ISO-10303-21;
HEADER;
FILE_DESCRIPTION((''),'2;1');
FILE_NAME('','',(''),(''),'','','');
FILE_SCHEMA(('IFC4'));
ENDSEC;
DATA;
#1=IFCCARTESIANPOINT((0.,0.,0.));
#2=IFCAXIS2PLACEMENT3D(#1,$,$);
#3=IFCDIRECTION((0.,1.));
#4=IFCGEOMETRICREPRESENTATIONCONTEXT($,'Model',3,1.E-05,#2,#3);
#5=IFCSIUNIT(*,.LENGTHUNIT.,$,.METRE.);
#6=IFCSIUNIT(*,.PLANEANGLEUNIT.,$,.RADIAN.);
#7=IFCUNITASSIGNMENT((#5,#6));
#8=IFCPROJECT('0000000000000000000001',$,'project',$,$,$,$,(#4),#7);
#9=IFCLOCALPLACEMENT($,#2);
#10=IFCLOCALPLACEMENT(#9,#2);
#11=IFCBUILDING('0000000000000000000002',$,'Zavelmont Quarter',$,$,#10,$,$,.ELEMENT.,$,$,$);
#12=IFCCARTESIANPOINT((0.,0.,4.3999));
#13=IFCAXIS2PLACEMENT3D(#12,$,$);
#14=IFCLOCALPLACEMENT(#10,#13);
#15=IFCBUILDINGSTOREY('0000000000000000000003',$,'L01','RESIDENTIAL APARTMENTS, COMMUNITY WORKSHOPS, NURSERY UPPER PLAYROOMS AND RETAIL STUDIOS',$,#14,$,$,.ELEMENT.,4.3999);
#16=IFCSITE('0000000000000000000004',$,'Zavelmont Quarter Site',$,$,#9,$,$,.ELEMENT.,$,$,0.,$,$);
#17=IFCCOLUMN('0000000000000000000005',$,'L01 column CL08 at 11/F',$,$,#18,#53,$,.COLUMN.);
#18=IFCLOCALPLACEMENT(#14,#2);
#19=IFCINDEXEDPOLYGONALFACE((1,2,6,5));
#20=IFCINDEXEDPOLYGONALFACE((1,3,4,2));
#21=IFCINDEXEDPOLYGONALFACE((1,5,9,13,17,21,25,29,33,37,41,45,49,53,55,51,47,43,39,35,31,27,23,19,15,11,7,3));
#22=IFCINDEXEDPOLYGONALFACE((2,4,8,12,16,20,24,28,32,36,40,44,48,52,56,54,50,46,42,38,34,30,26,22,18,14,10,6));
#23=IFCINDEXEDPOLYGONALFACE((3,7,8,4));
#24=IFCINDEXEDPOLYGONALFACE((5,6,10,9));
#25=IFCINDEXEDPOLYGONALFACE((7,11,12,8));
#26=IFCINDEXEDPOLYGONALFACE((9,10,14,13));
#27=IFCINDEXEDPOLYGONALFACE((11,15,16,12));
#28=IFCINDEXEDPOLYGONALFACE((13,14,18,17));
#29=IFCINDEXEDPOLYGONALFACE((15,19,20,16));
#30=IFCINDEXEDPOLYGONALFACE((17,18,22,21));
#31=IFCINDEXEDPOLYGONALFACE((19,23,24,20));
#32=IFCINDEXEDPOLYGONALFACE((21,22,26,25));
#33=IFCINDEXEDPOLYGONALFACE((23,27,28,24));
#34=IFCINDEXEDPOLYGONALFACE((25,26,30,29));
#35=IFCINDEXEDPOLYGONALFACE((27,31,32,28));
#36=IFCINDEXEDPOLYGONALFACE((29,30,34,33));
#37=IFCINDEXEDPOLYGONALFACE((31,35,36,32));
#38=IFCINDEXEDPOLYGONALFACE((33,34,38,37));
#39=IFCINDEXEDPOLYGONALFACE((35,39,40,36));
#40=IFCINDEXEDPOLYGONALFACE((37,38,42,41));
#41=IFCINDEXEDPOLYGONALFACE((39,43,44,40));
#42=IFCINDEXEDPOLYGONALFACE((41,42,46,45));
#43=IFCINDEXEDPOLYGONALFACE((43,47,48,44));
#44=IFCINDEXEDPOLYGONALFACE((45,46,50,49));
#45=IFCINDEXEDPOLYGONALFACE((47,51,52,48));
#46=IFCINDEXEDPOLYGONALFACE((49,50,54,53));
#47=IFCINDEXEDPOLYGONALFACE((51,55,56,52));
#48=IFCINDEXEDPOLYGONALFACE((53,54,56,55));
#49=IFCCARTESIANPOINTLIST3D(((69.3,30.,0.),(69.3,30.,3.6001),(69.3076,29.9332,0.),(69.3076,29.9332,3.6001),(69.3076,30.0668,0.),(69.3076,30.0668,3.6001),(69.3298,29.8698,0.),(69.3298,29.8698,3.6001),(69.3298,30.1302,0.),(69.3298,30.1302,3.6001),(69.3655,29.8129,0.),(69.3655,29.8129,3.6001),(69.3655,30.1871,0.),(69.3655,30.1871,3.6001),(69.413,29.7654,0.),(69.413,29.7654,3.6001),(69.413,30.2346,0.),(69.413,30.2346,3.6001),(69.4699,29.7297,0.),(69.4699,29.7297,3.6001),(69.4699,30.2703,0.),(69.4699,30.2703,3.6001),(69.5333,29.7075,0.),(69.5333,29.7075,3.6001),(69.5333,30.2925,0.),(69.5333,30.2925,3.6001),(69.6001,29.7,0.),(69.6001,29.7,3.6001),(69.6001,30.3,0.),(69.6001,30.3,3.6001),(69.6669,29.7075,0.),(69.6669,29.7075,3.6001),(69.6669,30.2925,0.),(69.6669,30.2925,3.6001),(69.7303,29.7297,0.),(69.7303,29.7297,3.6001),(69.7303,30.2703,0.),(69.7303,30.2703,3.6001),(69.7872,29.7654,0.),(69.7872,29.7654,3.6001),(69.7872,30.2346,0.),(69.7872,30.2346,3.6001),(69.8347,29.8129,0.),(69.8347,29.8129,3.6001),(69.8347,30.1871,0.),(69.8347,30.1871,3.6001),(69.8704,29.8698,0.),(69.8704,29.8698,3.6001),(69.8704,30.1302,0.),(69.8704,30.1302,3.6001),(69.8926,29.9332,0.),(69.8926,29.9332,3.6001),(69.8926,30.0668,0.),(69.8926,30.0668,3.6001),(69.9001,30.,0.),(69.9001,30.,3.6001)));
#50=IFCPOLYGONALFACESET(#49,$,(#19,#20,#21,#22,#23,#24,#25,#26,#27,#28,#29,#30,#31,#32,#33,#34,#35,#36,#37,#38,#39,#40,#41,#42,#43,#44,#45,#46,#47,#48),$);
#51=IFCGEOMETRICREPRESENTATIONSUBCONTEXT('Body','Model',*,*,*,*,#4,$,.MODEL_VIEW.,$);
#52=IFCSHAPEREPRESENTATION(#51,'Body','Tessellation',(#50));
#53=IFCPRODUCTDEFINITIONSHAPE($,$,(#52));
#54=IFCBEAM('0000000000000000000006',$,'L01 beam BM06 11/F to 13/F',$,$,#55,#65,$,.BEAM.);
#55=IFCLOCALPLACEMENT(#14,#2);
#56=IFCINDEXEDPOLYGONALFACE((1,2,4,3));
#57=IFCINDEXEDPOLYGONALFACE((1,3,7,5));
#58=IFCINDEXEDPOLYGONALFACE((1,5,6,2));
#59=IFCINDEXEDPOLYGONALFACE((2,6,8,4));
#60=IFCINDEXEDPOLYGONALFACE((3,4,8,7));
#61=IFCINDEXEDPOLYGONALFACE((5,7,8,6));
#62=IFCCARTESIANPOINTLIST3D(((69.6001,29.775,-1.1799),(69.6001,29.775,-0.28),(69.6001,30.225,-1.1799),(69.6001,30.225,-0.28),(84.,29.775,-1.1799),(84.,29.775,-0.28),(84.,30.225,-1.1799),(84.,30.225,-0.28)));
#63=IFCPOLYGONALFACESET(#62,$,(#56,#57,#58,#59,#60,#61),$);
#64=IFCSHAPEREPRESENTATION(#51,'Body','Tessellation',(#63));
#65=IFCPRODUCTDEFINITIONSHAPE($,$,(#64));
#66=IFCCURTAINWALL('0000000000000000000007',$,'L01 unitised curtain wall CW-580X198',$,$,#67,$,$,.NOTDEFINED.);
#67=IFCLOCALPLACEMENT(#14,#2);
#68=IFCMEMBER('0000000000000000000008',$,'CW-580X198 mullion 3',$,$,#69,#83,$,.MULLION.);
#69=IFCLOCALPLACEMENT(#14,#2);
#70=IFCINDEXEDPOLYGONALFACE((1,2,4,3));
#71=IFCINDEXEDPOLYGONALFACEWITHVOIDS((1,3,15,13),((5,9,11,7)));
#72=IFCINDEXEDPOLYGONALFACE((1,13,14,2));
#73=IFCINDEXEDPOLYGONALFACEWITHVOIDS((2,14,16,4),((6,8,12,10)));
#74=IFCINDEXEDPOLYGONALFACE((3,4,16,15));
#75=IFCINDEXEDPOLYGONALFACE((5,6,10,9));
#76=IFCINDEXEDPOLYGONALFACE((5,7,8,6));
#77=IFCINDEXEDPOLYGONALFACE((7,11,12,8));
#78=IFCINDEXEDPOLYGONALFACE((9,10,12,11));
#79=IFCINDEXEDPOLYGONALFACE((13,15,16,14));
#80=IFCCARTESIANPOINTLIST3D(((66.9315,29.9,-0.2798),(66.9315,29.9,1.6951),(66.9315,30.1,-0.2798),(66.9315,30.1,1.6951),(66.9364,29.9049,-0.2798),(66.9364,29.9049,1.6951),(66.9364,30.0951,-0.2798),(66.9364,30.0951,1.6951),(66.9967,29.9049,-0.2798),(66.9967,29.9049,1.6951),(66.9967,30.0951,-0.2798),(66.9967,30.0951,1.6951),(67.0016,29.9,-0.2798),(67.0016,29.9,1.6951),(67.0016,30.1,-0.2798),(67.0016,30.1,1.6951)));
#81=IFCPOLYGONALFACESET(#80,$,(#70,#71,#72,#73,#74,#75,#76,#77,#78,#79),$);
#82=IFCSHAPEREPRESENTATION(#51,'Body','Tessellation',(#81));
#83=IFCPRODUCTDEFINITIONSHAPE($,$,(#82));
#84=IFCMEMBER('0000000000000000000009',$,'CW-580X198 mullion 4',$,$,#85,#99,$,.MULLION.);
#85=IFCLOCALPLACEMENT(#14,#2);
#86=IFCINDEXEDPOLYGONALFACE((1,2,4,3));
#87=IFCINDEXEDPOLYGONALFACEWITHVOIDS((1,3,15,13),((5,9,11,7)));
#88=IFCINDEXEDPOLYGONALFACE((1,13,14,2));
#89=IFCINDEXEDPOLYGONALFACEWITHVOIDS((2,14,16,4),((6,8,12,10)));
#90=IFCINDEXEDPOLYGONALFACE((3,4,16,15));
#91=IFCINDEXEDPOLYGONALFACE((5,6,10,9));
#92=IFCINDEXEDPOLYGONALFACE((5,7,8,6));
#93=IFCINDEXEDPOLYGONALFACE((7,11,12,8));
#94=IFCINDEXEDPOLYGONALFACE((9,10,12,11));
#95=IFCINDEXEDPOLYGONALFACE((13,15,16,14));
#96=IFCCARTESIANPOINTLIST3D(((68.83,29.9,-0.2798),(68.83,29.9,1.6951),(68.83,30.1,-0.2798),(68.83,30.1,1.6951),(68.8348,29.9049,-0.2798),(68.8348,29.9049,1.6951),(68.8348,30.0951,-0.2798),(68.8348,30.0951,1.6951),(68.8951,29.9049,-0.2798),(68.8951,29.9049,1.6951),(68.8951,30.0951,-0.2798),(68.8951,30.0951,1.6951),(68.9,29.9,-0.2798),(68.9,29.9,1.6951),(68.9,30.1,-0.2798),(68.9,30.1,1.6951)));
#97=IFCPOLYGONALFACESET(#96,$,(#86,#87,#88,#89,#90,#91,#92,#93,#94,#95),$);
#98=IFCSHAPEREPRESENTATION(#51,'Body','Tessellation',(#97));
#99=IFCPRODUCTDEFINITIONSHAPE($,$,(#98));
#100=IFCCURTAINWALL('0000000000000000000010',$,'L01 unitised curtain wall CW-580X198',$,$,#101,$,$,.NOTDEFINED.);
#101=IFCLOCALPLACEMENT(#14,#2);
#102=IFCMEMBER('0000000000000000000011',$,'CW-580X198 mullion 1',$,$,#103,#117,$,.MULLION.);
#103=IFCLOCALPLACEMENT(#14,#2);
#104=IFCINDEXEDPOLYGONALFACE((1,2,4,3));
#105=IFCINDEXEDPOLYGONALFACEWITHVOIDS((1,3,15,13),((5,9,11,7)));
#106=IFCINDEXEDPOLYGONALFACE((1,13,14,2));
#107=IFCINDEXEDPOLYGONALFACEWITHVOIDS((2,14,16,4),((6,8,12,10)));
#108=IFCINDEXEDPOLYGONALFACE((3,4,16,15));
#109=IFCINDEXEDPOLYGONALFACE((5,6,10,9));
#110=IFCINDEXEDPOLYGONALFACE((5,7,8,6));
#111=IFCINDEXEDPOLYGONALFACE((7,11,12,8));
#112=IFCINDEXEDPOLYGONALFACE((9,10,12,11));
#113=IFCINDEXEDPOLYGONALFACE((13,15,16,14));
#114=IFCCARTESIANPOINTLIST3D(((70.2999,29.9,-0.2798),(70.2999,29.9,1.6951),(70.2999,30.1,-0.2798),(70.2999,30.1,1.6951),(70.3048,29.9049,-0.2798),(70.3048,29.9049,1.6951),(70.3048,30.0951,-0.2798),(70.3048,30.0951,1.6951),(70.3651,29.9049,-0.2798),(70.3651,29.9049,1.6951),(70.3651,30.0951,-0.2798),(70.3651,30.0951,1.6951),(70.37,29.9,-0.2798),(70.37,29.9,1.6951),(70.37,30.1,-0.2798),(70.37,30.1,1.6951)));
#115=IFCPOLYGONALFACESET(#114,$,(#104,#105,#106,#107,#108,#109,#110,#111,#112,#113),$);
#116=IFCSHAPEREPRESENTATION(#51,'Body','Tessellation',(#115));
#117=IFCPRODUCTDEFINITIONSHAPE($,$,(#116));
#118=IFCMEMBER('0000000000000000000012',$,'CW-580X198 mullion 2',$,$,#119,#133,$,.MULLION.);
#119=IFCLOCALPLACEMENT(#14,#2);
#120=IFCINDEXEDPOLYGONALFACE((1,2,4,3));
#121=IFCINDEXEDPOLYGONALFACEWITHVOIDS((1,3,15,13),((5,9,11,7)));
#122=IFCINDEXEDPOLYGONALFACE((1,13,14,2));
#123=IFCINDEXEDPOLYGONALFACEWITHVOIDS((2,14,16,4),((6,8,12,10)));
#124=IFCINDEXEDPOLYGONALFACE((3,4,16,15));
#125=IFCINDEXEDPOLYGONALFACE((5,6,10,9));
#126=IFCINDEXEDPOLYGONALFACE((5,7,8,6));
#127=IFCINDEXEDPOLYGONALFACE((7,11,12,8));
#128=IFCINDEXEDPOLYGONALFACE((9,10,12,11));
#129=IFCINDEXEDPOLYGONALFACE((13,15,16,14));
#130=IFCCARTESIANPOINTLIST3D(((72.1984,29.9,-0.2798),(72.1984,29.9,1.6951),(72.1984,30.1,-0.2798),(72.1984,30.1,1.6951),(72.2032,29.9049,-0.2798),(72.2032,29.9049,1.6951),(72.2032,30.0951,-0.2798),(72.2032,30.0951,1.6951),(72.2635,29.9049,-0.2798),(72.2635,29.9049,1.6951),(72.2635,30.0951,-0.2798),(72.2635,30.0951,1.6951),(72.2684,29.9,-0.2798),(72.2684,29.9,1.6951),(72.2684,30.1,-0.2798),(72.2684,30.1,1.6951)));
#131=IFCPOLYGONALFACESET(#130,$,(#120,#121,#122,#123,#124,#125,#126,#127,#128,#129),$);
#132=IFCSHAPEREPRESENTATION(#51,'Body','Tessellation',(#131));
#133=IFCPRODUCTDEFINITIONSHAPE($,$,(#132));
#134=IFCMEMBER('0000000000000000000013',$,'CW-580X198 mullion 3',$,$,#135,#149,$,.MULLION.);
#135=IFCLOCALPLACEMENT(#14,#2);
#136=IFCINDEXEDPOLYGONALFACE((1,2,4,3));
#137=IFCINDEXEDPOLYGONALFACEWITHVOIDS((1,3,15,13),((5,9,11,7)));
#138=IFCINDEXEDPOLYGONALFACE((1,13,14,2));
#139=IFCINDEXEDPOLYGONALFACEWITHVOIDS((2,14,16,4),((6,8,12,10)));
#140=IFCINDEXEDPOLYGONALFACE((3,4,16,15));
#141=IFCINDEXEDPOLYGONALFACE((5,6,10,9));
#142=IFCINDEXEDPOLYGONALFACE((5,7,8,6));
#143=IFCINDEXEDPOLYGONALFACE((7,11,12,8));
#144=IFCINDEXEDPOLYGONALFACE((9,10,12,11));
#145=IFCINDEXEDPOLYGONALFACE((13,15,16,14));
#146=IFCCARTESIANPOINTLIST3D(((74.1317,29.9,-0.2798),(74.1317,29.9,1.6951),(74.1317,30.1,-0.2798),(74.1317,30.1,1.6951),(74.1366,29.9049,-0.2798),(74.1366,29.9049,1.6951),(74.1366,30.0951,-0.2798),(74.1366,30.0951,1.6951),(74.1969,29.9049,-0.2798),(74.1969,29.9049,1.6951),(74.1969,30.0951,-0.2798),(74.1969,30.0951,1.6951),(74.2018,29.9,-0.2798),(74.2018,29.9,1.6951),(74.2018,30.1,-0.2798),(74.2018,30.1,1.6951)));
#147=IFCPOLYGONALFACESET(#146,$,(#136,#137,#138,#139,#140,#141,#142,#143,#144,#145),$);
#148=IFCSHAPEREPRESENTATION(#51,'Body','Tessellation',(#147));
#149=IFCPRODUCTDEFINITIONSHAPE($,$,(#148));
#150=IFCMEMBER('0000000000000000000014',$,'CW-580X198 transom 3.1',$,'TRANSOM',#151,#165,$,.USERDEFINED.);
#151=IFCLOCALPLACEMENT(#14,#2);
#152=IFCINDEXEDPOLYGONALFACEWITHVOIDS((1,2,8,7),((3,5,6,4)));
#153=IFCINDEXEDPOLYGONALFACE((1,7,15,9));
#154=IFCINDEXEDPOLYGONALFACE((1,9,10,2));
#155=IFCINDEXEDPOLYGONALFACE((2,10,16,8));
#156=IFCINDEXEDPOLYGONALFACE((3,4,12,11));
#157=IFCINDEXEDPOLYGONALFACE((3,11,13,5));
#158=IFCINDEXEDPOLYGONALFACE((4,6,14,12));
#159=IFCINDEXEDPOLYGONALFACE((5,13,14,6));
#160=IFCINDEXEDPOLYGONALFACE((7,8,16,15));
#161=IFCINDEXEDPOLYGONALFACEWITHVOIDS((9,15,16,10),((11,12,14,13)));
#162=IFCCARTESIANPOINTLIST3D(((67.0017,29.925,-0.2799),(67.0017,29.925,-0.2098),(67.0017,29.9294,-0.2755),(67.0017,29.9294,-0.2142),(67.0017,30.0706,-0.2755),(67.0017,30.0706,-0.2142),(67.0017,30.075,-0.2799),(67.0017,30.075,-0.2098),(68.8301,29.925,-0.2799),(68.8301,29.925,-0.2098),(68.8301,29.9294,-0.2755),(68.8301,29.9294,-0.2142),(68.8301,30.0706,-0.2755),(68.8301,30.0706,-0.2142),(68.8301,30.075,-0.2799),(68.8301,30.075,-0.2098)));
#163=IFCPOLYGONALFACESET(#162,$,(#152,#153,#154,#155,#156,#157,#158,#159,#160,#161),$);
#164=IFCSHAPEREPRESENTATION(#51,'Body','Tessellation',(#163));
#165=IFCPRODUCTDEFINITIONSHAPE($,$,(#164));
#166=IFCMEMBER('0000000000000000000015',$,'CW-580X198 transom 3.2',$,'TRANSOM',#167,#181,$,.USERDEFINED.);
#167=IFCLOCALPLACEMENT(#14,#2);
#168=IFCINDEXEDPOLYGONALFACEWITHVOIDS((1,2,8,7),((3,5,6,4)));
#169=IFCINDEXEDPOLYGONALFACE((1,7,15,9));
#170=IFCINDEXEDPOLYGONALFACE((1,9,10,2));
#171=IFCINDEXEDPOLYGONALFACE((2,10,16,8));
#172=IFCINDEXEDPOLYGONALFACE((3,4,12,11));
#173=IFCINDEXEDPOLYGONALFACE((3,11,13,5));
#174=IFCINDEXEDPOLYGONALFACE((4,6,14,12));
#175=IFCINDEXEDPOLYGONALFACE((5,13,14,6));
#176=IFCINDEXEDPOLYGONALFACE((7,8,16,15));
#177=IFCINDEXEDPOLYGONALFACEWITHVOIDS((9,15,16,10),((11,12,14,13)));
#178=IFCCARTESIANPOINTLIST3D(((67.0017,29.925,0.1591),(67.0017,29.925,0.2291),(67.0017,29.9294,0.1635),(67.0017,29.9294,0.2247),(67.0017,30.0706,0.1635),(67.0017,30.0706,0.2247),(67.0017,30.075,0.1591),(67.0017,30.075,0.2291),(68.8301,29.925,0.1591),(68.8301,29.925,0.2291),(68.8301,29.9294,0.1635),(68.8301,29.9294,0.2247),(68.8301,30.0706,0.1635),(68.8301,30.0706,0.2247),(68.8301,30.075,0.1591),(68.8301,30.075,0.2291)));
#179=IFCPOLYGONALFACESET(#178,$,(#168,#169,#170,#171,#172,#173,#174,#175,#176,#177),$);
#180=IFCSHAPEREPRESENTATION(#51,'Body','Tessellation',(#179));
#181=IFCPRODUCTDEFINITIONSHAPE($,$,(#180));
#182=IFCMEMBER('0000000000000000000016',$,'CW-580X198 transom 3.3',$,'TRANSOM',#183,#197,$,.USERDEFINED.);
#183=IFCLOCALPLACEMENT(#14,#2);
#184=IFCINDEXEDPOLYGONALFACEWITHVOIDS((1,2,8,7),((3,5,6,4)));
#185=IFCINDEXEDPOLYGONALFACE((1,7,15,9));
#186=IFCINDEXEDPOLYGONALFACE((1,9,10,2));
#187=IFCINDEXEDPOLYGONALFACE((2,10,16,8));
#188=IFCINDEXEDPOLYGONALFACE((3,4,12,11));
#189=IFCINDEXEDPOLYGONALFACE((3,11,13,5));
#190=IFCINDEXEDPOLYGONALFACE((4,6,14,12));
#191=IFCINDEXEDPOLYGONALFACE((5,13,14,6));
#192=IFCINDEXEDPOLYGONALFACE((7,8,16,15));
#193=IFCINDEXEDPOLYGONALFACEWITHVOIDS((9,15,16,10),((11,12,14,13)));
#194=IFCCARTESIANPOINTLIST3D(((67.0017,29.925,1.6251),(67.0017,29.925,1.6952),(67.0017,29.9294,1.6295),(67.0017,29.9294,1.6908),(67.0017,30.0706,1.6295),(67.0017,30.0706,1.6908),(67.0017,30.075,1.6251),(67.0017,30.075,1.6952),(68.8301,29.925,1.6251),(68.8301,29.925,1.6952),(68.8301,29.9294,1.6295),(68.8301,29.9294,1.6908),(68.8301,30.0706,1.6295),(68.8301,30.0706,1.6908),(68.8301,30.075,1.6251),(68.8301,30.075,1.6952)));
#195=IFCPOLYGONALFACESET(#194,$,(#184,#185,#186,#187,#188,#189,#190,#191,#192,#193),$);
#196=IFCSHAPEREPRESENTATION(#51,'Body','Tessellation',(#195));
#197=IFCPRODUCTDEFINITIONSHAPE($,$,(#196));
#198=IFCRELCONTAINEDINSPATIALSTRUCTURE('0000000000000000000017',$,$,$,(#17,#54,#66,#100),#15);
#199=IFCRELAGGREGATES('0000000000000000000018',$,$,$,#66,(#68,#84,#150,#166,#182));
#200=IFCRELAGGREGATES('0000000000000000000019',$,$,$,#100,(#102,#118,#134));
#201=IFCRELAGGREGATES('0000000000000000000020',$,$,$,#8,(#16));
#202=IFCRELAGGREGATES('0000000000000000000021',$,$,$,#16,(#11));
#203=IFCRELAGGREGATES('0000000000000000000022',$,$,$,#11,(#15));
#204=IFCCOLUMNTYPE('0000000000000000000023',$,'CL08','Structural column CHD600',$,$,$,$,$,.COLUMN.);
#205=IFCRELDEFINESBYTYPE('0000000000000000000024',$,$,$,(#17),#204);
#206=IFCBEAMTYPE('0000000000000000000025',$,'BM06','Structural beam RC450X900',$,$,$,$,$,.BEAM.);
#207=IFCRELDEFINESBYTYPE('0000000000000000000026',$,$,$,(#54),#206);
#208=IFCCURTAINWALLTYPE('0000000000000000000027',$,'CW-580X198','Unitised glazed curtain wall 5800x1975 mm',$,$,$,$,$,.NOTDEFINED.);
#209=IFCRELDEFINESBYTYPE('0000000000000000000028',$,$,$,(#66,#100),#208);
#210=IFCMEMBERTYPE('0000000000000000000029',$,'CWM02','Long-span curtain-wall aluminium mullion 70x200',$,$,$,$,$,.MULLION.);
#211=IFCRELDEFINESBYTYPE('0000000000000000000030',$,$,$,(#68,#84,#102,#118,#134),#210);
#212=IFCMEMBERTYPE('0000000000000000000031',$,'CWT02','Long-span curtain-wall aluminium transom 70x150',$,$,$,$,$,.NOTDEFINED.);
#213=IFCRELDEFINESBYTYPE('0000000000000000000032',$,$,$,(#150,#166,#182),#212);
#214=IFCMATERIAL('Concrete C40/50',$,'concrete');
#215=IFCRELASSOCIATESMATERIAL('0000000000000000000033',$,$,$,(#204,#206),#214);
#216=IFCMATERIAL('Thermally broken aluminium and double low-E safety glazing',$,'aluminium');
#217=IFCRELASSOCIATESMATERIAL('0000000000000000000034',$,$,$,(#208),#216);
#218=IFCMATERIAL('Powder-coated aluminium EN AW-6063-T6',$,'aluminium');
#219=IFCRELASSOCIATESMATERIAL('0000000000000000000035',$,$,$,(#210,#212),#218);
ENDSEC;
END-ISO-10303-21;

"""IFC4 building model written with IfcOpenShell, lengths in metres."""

from ifc_helpers import new_model, si_unit, direction, frame, origin, origin_2d, place, context, subcontext, project, spatial, rectangle, hollow_rectangle, circle, extrude, material, material_profile, profile_set, type_object, element, aggregate, save


model = new_model("IFC4")

# Units and contexts
model_context = context("Model", 3, precision=1e-05, world=origin(), true_north=direction((0.0, 1.0)))
body_context = subcontext(model_context, "Body", "Model", "MODEL_VIEW")
ifc_project = project(units=[si_unit("LENGTHUNIT", "METRE"), si_unit("PLANEANGLEUNIT", "RADIAN")], contexts=[model_context])

# Site, building, storey
site_placement = place(None, origin())
site = spatial("IfcSite", under=ifc_project, at=site_placement, Name="Zavelmont Quarter Site", CompositionType="ELEMENT", RefElevation=0.0)
building_placement = place(site_placement, origin())
building = spatial("IfcBuilding", under=site, at=building_placement, Name="Zavelmont Quarter", CompositionType="ELEMENT")
storey_placement = place(building_placement, frame((0.0, 0.0, 4.3999)))
storey = spatial("IfcBuildingStorey", under=building, at=storey_placement, Name="L01", Description="RESIDENTIAL APARTMENTS, COMMUNITY WORKSHOPS, NURSERY UPPER PLAYROOMS AND RETAIL STUDIOS", CompositionType="ELEMENT", Elevation=4.3999)

# Column
ifc_material_1 = material(Name="Concrete C40/50", Category="concrete")
ifc_material_profile_1 = material_profile(ifc_material_1, circle(Radius=0.3, at=origin_2d()), Name="CHD600")
ifc_profile_set_1 = profile_set([ifc_material_profile_1], Name="Concrete C40/50")
column_type = type_object("IfcColumnType", Name="CL08", Description="Structural column CHD600", PredefinedType="COLUMN", material=ifc_profile_set_1)
column_placement = place(storey_placement, frame((69.6001, 30.0, 0.0), z_axis=(0.0, 0.0, 1.0), x_axis=(1.0, 0.0, 0.0)))
element("IfcColumn", 1, at=column_placement, inside=storey, type_object=column_type, Name="L01 column CL08 at 11/F", PredefinedType="COLUMN", context=body_context, shape_type="SweptSolid", body=[
    extrude(circle(Radius=0.3, at=origin_2d()), origin(), (0.0, 0.0, 1.0), 3.6001),
])

# Beam
ifc_material_profile_2 = material_profile(ifc_material_1, rectangle(XDim=0.45, YDim=0.8999, at=origin_2d()), Name="RC450X900")
ifc_profile_set_2 = profile_set([ifc_material_profile_2], Name="Concrete C40/50")
beam_type = type_object("IfcBeamType", Name="BM06", Description="Structural beam RC450X900", PredefinedType="BEAM", material=ifc_profile_set_2)
beam_placement = place(storey_placement, frame((69.6001, 30.0, -0.73), z_axis=(1.0, 0.0, 0.0), x_axis=(0.0, 1.0, 0.0)))
element("IfcBeam", 2, at=beam_placement, inside=storey, type_object=beam_type, Name="L01 beam BM06 11/F to 13/F", PredefinedType="BEAM", context=body_context, shape_type="SweptSolid", body=[
    extrude(rectangle(XDim=0.45, YDim=0.8999, at=origin_2d()), origin(), (0.0, 0.0, 1.0), 14.3999),
])

# Curtain walls, members
ifc_material_2 = material(Name="Thermally broken aluminium and double low-E safety glazing", Category="aluminium")
curtain_wall_type = type_object("IfcCurtainWallType", Name="CW-580X198", Description="Unitised glazed curtain wall 5800x1975 mm", PredefinedType="NOTDEFINED", material=ifc_material_2)
curtain_wall_1_placement = place(storey_placement, origin())
curtain_wall_1 = element("IfcCurtainWall", 3, at=curtain_wall_1_placement, inside=storey, type_object=curtain_wall_type, Name="L01 unitised curtain wall CW-580X198", PredefinedType="NOTDEFINED")
ifc_material_3 = material(Name="Powder-coated aluminium EN AW-6063-T6", Category="aluminium")
ifc_material_profile_3 = material_profile(ifc_material_3, hollow_rectangle(XDim=0.0701, YDim=0.2, WallThickness=0.0049, at=origin_2d()), Name="CWM70X200")
ifc_profile_set_3 = profile_set([ifc_material_profile_3], Name="Powder-coated aluminium EN AW-6063-T6")
member_type_1 = type_object("IfcMemberType", Name="CWM02", Description="Long-span curtain-wall aluminium mullion 70x200", PredefinedType="MULLION", material=ifc_profile_set_3)
member_1_placement = place(storey_placement, frame((66.9666, 30.0, -0.2798), z_axis=(0.0, 0.0, 1.0), x_axis=(1.0, 0.0, 0.0)))
member_1 = element("IfcMember", 4, at=member_1_placement, type_object=member_type_1, Name="CW-580X198 mullion 3", PredefinedType="MULLION", context=body_context, shape_type="SweptSolid", body=[
    extrude(hollow_rectangle(XDim=0.0701, YDim=0.2, WallThickness=0.0049, at=origin_2d()), origin(), (0.0, 0.0, 1.0), 1.9749),
])
member_2_placement = place(storey_placement, frame((68.865, 30.0, -0.2798), z_axis=(0.0, 0.0, 1.0), x_axis=(1.0, 0.0, 0.0)))
member_2 = element("IfcMember", 5, at=member_2_placement, type_object=member_type_1, Name="CW-580X198 mullion 4", PredefinedType="MULLION", context=body_context, shape_type="SweptSolid", body=[
    extrude(hollow_rectangle(XDim=0.0701, YDim=0.2, WallThickness=0.0049, at=origin_2d()), origin(), (0.0, 0.0, 1.0), 1.9749),
])
curtain_wall_2_placement = place(storey_placement, origin())
curtain_wall_2 = element("IfcCurtainWall", 6, at=curtain_wall_2_placement, inside=storey, type_object=curtain_wall_type, Name="L01 unitised curtain wall CW-580X198", PredefinedType="NOTDEFINED")
member_3_placement = place(storey_placement, frame((70.335, 30.0, -0.2798), z_axis=(0.0, 0.0, 1.0), x_axis=(1.0, 0.0, 0.0)))
member_3 = element("IfcMember", 7, at=member_3_placement, type_object=member_type_1, Name="CW-580X198 mullion 1", PredefinedType="MULLION", context=body_context, shape_type="SweptSolid", body=[
    extrude(hollow_rectangle(XDim=0.0701, YDim=0.2, WallThickness=0.0049, at=origin_2d()), origin(), (0.0, 0.0, 1.0), 1.9749),
])
member_4_placement = place(storey_placement, frame((72.2334, 30.0, -0.2798), z_axis=(0.0, 0.0, 1.0), x_axis=(1.0, 0.0, 0.0)))
member_4 = element("IfcMember", 8, at=member_4_placement, type_object=member_type_1, Name="CW-580X198 mullion 2", PredefinedType="MULLION", context=body_context, shape_type="SweptSolid", body=[
    extrude(hollow_rectangle(XDim=0.0701, YDim=0.2, WallThickness=0.0049, at=origin_2d()), origin(), (0.0, 0.0, 1.0), 1.9749),
])
member_5_placement = place(storey_placement, frame((74.1667, 30.0, -0.2798), z_axis=(0.0, 0.0, 1.0), x_axis=(1.0, 0.0, 0.0)))
member_5 = element("IfcMember", 9, at=member_5_placement, type_object=member_type_1, Name="CW-580X198 mullion 3", PredefinedType="MULLION", context=body_context, shape_type="SweptSolid", body=[
    extrude(hollow_rectangle(XDim=0.0701, YDim=0.2, WallThickness=0.0049, at=origin_2d()), origin(), (0.0, 0.0, 1.0), 1.9749),
])

# Members
ifc_material_profile_4 = material_profile(ifc_material_3, hollow_rectangle(XDim=0.1499, YDim=0.0701, WallThickness=0.0044, at=origin_2d()), Name="CWT70X150")
ifc_profile_set_4 = profile_set([ifc_material_profile_4], Name="Powder-coated aluminium EN AW-6063-T6")
member_type_2 = type_object("IfcMemberType", Name="CWT02", Description="Long-span curtain-wall aluminium transom 70x150", PredefinedType="NOTDEFINED", material=ifc_profile_set_4)
member_6_placement = place(storey_placement, frame((67.0017, 30.0, -0.2449), z_axis=(1.0, 0.0, 0.0), x_axis=(0.0, 1.0, 0.0)))
member_6 = element("IfcMember", 10, at=member_6_placement, type_object=member_type_2, Name="CW-580X198 transom 3.1", ObjectType="TRANSOM", PredefinedType="USERDEFINED", context=body_context, shape_type="SweptSolid", body=[
    extrude(hollow_rectangle(XDim=0.1499, YDim=0.0701, WallThickness=0.0044, at=origin_2d()), origin(), (0.0, 0.0, 1.0), 1.8284),
])
member_7_placement = place(storey_placement, frame((67.0017, 30.0, 0.1941), z_axis=(1.0, 0.0, 0.0), x_axis=(0.0, 1.0, 0.0)))
member_7 = element("IfcMember", 11, at=member_7_placement, type_object=member_type_2, Name="CW-580X198 transom 3.2", ObjectType="TRANSOM", PredefinedType="USERDEFINED", context=body_context, shape_type="SweptSolid", body=[
    extrude(hollow_rectangle(XDim=0.1499, YDim=0.0701, WallThickness=0.0044, at=origin_2d()), origin(), (0.0, 0.0, 1.0), 1.8284),
])
member_8_placement = place(storey_placement, frame((67.0017, 30.0, 1.6602), z_axis=(1.0, 0.0, 0.0), x_axis=(0.0, 1.0, 0.0)))
member_8 = element("IfcMember", 12, at=member_8_placement, type_object=member_type_2, Name="CW-580X198 transom 3.3", ObjectType="TRANSOM", PredefinedType="USERDEFINED", context=body_context, shape_type="SweptSolid", body=[
    extrude(hollow_rectangle(XDim=0.1499, YDim=0.0701, WallThickness=0.0044, at=origin_2d()), origin(), (0.0, 0.0, 1.0), 1.8284),
])

aggregate(curtain_wall_1, [member_1, member_2, member_6, member_7, member_8])
aggregate(curtain_wall_2, [member_3, member_4, member_5])

save(model, "model.ifc")
